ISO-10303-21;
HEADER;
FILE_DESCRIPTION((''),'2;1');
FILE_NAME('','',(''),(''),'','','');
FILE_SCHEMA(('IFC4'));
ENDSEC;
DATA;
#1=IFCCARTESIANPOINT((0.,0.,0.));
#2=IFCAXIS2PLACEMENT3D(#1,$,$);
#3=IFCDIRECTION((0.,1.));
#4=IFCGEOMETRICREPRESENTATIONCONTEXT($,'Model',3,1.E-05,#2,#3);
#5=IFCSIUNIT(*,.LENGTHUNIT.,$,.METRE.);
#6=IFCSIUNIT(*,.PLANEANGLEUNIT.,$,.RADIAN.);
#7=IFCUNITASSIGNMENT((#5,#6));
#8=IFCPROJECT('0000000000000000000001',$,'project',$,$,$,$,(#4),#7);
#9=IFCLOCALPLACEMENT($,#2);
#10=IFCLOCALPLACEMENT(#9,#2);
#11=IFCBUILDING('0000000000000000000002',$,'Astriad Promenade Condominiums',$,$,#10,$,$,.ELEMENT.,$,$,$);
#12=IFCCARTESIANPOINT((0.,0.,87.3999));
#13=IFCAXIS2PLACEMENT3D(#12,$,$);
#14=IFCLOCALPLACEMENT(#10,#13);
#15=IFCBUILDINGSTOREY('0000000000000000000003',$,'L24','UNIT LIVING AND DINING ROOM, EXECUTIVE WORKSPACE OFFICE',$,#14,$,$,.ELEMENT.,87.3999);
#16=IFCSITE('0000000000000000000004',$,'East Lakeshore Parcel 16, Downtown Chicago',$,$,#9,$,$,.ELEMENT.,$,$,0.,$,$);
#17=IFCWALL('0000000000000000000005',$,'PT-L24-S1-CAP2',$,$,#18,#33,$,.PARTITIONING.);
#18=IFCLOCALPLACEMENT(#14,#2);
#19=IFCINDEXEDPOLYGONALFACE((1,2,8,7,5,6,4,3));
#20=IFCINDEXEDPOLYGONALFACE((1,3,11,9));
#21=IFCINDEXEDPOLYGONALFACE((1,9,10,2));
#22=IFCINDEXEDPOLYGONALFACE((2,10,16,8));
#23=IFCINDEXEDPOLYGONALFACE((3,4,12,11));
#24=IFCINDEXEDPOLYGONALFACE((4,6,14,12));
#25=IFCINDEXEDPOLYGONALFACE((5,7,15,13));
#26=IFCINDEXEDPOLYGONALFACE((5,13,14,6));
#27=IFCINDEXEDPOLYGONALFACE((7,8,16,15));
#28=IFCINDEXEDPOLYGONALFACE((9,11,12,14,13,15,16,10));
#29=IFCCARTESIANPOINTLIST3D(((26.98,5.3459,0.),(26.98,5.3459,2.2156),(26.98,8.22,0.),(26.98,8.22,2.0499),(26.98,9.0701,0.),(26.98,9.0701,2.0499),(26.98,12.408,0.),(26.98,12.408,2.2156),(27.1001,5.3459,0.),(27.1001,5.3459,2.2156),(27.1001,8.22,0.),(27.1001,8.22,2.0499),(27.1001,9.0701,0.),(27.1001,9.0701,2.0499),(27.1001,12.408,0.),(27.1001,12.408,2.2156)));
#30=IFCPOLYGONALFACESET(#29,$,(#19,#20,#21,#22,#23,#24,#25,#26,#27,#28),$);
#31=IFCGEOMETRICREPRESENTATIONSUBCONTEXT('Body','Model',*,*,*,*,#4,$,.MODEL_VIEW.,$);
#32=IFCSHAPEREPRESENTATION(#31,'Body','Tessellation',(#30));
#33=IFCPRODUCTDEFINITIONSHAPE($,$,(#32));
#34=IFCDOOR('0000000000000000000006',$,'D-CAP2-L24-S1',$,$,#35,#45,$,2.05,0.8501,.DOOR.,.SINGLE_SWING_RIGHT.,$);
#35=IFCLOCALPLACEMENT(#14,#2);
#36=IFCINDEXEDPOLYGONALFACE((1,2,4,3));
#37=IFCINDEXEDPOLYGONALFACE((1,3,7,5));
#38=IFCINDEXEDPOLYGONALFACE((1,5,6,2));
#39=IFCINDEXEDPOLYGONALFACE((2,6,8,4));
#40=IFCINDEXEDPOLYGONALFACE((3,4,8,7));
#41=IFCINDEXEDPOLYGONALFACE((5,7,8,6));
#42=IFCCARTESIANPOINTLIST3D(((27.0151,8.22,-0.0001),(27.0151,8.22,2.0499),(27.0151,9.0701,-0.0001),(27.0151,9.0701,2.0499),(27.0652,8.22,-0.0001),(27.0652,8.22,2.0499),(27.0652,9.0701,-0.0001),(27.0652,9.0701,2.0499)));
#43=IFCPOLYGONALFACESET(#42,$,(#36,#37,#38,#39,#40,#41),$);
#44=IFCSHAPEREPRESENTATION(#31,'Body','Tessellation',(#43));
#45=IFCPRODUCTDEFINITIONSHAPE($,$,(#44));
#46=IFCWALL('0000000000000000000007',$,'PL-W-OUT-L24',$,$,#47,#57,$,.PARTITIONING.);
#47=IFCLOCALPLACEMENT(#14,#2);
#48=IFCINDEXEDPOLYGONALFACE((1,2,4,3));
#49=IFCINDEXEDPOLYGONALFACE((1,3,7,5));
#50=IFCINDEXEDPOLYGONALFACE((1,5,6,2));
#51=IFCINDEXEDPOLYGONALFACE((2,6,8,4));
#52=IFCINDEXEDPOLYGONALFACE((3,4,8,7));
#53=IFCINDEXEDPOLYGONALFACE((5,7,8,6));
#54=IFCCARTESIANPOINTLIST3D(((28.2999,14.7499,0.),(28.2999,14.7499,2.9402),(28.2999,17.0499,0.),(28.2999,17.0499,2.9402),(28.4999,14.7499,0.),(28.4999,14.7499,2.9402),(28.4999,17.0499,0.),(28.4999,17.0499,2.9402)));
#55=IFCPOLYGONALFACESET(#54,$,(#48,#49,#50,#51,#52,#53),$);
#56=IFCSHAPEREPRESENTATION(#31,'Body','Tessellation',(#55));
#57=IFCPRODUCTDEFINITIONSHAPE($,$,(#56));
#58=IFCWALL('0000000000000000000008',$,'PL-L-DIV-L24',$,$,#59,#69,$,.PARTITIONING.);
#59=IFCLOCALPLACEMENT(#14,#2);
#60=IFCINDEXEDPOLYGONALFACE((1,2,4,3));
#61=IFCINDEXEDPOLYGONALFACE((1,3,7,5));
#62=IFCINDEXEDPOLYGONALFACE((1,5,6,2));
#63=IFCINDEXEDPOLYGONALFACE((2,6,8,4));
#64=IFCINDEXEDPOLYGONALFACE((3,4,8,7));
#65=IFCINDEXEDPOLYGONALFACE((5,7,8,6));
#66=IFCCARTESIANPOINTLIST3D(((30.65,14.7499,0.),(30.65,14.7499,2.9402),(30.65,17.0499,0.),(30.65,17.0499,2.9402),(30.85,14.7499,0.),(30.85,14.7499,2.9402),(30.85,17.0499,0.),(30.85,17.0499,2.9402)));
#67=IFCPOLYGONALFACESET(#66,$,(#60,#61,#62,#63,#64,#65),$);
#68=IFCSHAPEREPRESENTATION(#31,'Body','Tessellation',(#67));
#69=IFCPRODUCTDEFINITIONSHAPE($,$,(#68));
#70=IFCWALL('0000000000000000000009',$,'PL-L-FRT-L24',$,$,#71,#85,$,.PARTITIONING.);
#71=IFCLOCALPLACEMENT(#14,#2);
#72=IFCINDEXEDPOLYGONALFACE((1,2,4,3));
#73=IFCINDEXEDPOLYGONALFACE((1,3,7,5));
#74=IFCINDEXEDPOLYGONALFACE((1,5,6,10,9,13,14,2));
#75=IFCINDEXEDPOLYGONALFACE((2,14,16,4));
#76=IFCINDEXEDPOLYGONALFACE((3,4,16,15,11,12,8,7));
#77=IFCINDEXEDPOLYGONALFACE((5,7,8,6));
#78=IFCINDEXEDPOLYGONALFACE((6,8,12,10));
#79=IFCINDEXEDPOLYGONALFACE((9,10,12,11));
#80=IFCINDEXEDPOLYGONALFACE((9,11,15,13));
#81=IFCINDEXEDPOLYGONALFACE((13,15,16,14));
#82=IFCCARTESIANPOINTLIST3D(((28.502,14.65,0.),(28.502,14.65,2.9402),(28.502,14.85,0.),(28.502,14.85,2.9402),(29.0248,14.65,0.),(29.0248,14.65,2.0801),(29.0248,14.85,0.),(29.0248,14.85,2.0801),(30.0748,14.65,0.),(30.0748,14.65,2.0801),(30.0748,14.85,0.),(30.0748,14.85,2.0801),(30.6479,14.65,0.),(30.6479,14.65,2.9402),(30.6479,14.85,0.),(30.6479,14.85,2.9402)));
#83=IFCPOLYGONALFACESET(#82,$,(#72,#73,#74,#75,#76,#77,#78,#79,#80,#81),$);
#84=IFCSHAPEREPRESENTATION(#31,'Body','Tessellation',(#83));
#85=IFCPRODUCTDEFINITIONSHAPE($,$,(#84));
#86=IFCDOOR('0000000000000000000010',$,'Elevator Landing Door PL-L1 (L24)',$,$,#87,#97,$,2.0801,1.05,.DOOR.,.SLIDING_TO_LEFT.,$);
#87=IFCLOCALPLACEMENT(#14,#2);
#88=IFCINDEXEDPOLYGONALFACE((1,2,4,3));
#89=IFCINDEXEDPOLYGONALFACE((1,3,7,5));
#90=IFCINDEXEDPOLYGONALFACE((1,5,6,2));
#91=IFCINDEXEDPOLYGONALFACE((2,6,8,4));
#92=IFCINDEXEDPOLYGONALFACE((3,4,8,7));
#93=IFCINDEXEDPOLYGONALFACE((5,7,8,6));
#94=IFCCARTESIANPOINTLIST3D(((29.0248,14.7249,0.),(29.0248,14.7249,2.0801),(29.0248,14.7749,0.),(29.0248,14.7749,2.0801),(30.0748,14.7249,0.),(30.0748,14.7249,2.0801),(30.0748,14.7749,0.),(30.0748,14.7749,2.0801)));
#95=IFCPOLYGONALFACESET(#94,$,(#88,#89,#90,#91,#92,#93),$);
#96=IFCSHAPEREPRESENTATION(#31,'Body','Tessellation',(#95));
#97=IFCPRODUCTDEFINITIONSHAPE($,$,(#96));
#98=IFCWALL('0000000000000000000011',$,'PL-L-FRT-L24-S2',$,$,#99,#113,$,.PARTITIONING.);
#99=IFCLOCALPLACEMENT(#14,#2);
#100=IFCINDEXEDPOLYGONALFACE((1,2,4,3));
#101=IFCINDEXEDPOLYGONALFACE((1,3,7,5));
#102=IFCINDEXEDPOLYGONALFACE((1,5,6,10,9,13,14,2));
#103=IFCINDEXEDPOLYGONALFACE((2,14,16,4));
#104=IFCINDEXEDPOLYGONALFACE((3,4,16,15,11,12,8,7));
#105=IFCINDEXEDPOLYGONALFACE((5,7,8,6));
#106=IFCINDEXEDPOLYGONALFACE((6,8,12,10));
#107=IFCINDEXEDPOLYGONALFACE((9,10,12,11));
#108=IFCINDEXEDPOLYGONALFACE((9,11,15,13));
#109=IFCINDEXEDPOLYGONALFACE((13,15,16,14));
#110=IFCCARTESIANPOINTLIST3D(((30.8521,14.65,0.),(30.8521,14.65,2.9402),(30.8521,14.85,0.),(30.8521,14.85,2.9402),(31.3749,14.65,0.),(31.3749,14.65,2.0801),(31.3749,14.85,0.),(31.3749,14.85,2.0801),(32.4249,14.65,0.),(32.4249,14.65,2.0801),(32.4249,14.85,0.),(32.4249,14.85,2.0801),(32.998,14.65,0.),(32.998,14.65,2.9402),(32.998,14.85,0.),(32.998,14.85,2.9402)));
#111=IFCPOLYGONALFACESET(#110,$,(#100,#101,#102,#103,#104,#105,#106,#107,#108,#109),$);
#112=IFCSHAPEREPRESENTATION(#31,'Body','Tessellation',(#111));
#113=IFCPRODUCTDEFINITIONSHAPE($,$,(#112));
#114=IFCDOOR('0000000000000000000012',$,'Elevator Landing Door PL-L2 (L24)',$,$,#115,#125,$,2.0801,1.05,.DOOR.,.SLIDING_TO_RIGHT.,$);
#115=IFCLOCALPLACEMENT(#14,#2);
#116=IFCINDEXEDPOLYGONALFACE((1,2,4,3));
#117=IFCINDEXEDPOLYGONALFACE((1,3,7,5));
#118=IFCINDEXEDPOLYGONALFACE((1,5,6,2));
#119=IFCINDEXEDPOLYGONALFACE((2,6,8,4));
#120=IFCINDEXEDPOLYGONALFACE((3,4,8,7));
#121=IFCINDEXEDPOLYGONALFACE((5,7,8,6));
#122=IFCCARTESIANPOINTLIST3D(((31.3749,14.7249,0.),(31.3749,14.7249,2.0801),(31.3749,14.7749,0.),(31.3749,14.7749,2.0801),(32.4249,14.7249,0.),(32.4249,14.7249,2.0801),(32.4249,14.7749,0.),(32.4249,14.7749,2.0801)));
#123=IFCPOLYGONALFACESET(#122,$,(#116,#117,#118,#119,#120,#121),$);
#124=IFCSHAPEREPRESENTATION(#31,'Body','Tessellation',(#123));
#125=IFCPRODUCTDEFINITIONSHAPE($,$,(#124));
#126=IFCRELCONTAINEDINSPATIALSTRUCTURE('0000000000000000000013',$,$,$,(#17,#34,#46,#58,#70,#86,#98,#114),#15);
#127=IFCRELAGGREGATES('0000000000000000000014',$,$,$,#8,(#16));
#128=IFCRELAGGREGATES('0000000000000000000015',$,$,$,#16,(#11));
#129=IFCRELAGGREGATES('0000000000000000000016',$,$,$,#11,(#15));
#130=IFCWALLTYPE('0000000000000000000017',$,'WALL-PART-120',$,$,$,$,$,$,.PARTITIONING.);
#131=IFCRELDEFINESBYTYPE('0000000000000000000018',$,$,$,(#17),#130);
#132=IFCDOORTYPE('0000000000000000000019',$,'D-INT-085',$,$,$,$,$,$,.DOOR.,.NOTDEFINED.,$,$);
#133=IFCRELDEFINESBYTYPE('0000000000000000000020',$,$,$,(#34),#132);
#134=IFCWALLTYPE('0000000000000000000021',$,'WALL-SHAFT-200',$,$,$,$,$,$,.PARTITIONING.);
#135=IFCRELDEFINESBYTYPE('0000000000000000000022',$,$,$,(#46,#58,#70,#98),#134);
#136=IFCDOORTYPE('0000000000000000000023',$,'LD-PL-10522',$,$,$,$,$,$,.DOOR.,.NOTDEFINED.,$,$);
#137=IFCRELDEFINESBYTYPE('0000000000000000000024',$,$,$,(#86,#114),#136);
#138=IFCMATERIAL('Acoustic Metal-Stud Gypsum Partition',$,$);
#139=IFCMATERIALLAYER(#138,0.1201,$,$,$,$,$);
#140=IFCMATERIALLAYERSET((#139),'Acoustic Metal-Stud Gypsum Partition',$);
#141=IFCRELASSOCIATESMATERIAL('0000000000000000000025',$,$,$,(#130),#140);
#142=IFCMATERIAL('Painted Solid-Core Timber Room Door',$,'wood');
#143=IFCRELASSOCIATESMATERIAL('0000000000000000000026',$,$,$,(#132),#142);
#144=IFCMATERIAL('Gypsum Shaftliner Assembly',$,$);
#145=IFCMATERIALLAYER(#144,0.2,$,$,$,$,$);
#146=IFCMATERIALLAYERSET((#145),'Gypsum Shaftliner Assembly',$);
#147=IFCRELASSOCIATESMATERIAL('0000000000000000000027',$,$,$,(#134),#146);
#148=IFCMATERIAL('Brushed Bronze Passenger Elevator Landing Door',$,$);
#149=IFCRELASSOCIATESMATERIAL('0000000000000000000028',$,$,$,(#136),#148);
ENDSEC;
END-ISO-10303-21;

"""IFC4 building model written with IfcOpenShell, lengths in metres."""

from ifc_helpers import new_model, si_unit, direction, frame, frame_2d, origin, place, context, subcontext, project, spatial, rectangle, extrude, source, transform, mapped, material, layer, layer_set, type_object, type_shapes, element, fill, save


model = new_model("IFC4")

# Units and contexts
model_context = context("Model", 3, precision=1e-05, world=origin(), true_north=direction((0.0, 1.0)))
body_context = subcontext(model_context, "Body", "Model", "MODEL_VIEW")
ifc_project = project(units=[si_unit("LENGTHUNIT", "METRE"), si_unit("PLANEANGLEUNIT", "RADIAN")], contexts=[model_context])

# Site, building, storey
site_placement = place(None, origin())
site = spatial("IfcSite", under=ifc_project, at=site_placement, Name="East Lakeshore Parcel 16, Downtown Chicago", CompositionType="ELEMENT", RefElevation=0.0)
building_placement = place(site_placement, origin())
building = spatial("IfcBuilding", under=site, at=building_placement, Name="Astriad Promenade Condominiums", CompositionType="ELEMENT")
storey_placement = place(building_placement, frame((0.0, 0.0, 87.3999)))
storey = spatial("IfcBuildingStorey", under=building, at=storey_placement, Name="L24", Description="UNIT LIVING AND DINING ROOM, EXECUTIVE WORKSPACE OFFICE", CompositionType="ELEMENT", Elevation=87.3999)

# Shared definitions
ifc_material_1 = material(Name="Acoustic Metal-Stud Gypsum Partition")
ifc_layer_1 = layer(ifc_material_1, 0.1201)
ifc_layer_set_1 = layer_set([ifc_layer_1], Name="Acoustic Metal-Stud Gypsum Partition")
wall_type_1 = type_object("IfcWallType", Name="WALL-PART-120", PredefinedType="PARTITIONING", material=ifc_layer_set_1)
ifc_material_2 = material(Name="Painted Solid-Core Timber Room Door", Category="wood")
door_type_1 = type_object("IfcDoorType", Name="D-INT-085", OperationType="NOTDEFINED", PredefinedType="DOOR", material=ifc_material_2)
shared_shape_1 = source(origin(), body_context, "Body", "SweptSolid", [
    extrude(rectangle(XDim=0.8501, YDim=2.05, at=frame_2d((0.425, 1.0249))), frame((0.0, 0.0249, 0.0), z_axis=(0.0, -1.0, 0.0), x_axis=(1.0, 0.0, 0.0)), (0.0, 0.0, 1.0), 0.05),
])
type_shapes(door_type_1, [shared_shape_1])

# Wall, opening, door
wall_1_placement = place(storey_placement, frame((27.04, 5.3459, 0.0), z_axis=(0.0, 0.0, 1.0), x_axis=(0.0, 1.0, 0.0)))
wall_1 = element("IfcWall", 1, at=wall_1_placement, inside=storey, type_object=wall_type_1, Name="PT-L24-S1-CAP2", PredefinedType="PARTITIONING", context=body_context, shape_type="SweptSolid", body=[
    extrude(rectangle(XDim=7.062, YDim=0.1201, at=frame_2d((3.531, 0.0))), origin(), (0.0, 0.0, 1.0), 2.2156),
])
opening_1_placement = place(wall_1_placement, frame((2.874, 0.0, 0.0)))
opening_1 = element("IfcOpeningElement", 2, at=opening_1_placement, cuts=wall_1, PredefinedType="OPENING", context=body_context, shape_type="SweptSolid", body=[
    extrude(rectangle(XDim=0.8501, YDim=2.05, at=frame_2d((0.425, 1.0249))), frame((0.0, 0.0701, 0.0), z_axis=(0.0, -1.0, 0.0), x_axis=(1.0, 0.0, 0.0)), (0.0, 0.0, 1.0), 0.1401),
])
door_1_placement = place(opening_1_placement, origin())
door_1 = element("IfcDoor", 3, at=door_1_placement, inside=storey, type_object=door_type_1, Name="D-CAP2-L24-S1", OperationType="SINGLE_SWING_RIGHT", OverallHeight=2.05, OverallWidth=0.8501, PredefinedType="DOOR", context=body_context, shape_type="MappedRepresentation", body=[
    mapped(shared_shape_1, transform((0.0, 0.0, 0.0), scale=1.0)),
])
fill(opening_1, door_1)

# Walls
ifc_material_3 = material(Name="Gypsum Shaftliner Assembly")
ifc_layer_2 = layer(ifc_material_3, 0.2)
ifc_layer_set_2 = layer_set([ifc_layer_2], Name="Gypsum Shaftliner Assembly")
wall_type_2 = type_object("IfcWallType", Name="WALL-SHAFT-200", PredefinedType="PARTITIONING", material=ifc_layer_set_2)
for number, where, z_axis, x_axis, name in (
    (4, (28.3999, 14.75, 0.0), (0.0, 0.0, 1.0), (0.0, 1.0, 0.0), "PL-W-OUT-L24"),
    (5, (30.75, 14.75, 0.0), (0.0, 0.0, 1.0), (0.0, 1.0, 0.0), "PL-L-DIV-L24"),
):
    element("IfcWall", number, at=place(storey_placement, frame(where, z_axis=z_axis, x_axis=x_axis)), inside=storey, type_object=wall_type_2, Name=name, PredefinedType="PARTITIONING", context=body_context, shape_type="SweptSolid", body=[
        extrude(rectangle(XDim=2.3, YDim=0.2, at=frame_2d((1.1499, 0.0))), origin(), (0.0, 0.0, 1.0), 2.9402),
    ])

# Walls, openings, doors
wall_2_placement = place(storey_placement, frame((28.502, 14.75, 0.0), z_axis=(0.0, 0.0, 1.0), x_axis=(1.0, 0.0, 0.0)))
wall_2 = element("IfcWall", 6, at=wall_2_placement, inside=storey, type_object=wall_type_2, Name="PL-L-FRT-L24", PredefinedType="PARTITIONING", context=body_context, shape_type="SweptSolid", body=[
    extrude(rectangle(XDim=2.146, YDim=0.2, at=frame_2d((1.073, 0.0))), origin(), (0.0, 0.0, 1.0), 2.9402),
])
opening_2_placement = place(wall_2_placement, frame((0.5229, 0.0, 0.0)))
opening_2 = element("IfcOpeningElement", 7, at=opening_2_placement, cuts=wall_2, PredefinedType="OPENING", context=body_context, shape_type="SweptSolid", body=[
    extrude(rectangle(XDim=1.05, YDim=2.0801, at=frame_2d((0.5249, 1.04))), frame((0.0, 0.1099, 0.0), z_axis=(0.0, -1.0, 0.0), x_axis=(1.0, 0.0, 0.0)), (0.0, 0.0, 1.0), 0.22),
])
ifc_material_4 = material(Name="Brushed Bronze Passenger Elevator Landing Door")
door_type_2 = type_object("IfcDoorType", Name="LD-PL-10522", OperationType="NOTDEFINED", PredefinedType="DOOR", material=ifc_material_4)
shared_shape_2 = source(origin(), body_context, "Body", "SweptSolid", [
    extrude(rectangle(XDim=1.05, YDim=2.0801, at=frame_2d((0.5249, 1.04))), frame((0.0, 0.0249, 0.0), z_axis=(0.0, -1.0, 0.0), x_axis=(1.0, 0.0, 0.0)), (0.0, 0.0, 1.0), 0.05),
])
type_shapes(door_type_2, [shared_shape_2])
door_2_placement = place(opening_2_placement, origin())
door_2 = element("IfcDoor", 8, at=door_2_placement, inside=storey, type_object=door_type_2, Name="Elevator Landing Door PL-L1 (L24)", OperationType="SLIDING_TO_LEFT", OverallHeight=2.0801, OverallWidth=1.05, PredefinedType="DOOR", context=body_context, shape_type="MappedRepresentation", body=[
    mapped(shared_shape_2, transform((0.0, 0.0, 0.0), scale=1.0)),
])
fill(opening_2, door_2)
wall_3_placement = place(storey_placement, frame((30.8521, 14.75, 0.0), z_axis=(0.0, 0.0, 1.0), x_axis=(1.0, 0.0, 0.0)))
wall_3 = element("IfcWall", 9, at=wall_3_placement, inside=storey, type_object=wall_type_2, Name="PL-L-FRT-L24-S2", PredefinedType="PARTITIONING", context=body_context, shape_type="SweptSolid", body=[
    extrude(rectangle(XDim=2.146, YDim=0.2, at=frame_2d((1.073, 0.0))), origin(), (0.0, 0.0, 1.0), 2.9402),
])
opening_3_placement = place(wall_3_placement, frame((0.5229, 0.0, 0.0)))
opening_3 = element("IfcOpeningElement", 10, at=opening_3_placement, cuts=wall_3, PredefinedType="OPENING", context=body_context, shape_type="SweptSolid", body=[
    extrude(rectangle(XDim=1.05, YDim=2.0801, at=frame_2d((0.5249, 1.04))), frame((0.0, 0.1099, 0.0), z_axis=(0.0, -1.0, 0.0), x_axis=(1.0, 0.0, 0.0)), (0.0, 0.0, 1.0), 0.22),
])
door_3_placement = place(opening_3_placement, origin())
door_3 = element("IfcDoor", 11, at=door_3_placement, inside=storey, type_object=door_type_2, Name="Elevator Landing Door PL-L2 (L24)", OperationType="SLIDING_TO_RIGHT", OverallHeight=2.0801, OverallWidth=1.05, PredefinedType="DOOR", context=body_context, shape_type="MappedRepresentation", body=[
    mapped(shared_shape_2, transform((0.0, 0.0, 0.0), scale=1.0)),
])
fill(opening_3, door_3)

save(model, "model.ifc")
